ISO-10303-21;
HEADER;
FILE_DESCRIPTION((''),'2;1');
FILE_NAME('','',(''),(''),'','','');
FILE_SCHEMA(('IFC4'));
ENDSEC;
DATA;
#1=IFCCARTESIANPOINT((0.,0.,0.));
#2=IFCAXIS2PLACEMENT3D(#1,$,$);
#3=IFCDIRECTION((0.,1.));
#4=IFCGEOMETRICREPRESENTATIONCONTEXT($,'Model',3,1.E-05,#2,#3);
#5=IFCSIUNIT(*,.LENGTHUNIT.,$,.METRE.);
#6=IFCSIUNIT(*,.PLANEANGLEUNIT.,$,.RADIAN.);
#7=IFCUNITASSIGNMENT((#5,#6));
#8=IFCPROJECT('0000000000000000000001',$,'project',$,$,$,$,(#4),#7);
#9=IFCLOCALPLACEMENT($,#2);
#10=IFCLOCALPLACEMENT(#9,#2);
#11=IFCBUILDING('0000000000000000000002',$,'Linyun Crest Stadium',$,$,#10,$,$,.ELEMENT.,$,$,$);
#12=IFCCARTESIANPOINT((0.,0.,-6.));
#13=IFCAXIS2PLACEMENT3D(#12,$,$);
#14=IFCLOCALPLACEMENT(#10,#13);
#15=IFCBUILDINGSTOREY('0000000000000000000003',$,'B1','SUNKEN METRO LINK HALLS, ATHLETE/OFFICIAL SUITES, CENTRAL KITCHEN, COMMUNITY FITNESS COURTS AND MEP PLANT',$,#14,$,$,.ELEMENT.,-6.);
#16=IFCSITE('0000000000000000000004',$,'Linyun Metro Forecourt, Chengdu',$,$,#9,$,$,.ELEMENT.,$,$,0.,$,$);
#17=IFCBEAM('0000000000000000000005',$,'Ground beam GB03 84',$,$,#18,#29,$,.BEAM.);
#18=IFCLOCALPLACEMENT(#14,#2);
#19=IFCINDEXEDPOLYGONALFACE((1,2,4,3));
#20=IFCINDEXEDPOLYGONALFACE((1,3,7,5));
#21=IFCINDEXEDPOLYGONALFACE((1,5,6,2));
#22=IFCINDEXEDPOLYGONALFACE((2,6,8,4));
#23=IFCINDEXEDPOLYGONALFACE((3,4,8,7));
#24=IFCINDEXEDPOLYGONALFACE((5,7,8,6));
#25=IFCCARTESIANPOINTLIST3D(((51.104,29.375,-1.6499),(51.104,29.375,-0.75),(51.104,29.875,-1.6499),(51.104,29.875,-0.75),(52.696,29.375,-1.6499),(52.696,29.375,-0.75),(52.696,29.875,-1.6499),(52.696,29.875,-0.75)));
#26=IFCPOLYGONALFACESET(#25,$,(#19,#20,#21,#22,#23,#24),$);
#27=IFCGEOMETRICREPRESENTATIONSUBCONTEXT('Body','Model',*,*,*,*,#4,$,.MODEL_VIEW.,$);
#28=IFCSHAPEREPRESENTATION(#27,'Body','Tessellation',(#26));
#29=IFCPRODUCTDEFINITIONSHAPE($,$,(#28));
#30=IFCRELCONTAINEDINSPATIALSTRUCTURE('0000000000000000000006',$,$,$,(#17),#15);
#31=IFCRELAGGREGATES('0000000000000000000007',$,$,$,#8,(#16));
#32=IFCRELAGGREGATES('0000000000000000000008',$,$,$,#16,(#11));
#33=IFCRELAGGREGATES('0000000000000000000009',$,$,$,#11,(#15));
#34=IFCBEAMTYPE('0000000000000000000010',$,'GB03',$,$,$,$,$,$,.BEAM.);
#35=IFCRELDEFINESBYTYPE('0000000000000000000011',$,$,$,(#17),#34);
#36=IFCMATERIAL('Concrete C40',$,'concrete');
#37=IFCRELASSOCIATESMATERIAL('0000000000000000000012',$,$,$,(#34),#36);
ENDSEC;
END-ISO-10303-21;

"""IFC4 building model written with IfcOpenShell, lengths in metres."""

from ifc_helpers import new_model, si_unit, direction, frame, origin, origin_2d, place, context, subcontext, project, spatial, rectangle, extrude, material, material_profile, profile_set, type_object, element, save


model = new_model("IFC4")

# Units and contexts
model_context = context("Model", 3, precision=1e-05, world=origin(), true_north=direction((0.0, 1.0)))
body_context = subcontext(model_context, "Body", "Model", "MODEL_VIEW")
ifc_project = project(units=[si_unit("LENGTHUNIT", "METRE"), si_unit("PLANEANGLEUNIT", "RADIAN")], contexts=[model_context])

# Site, building, storey
site_placement = place(None, origin())
site = spatial("IfcSite", under=ifc_project, at=site_placement, Name="Linyun Metro Forecourt, Chengdu", CompositionType="ELEMENT", RefElevation=0.0)
building_placement = place(site_placement, origin())
building = spatial("IfcBuilding", under=site, at=building_placement, Name="Linyun Crest Stadium", CompositionType="ELEMENT")
storey_placement = place(building_placement, frame((0.0, 0.0, -6.0)))
storey = spatial("IfcBuildingStorey", under=building, at=storey_placement, Name="B1", Description="SUNKEN METRO LINK HALLS, ATHLETE/OFFICIAL SUITES, CENTRAL KITCHEN, COMMUNITY FITNESS COURTS AND MEP PLANT", CompositionType="ELEMENT", Elevation=-6.0)

# Beam
ifc_material_1 = material(Name="Concrete C40", Category="concrete")
ifc_material_profile_1 = material_profile(ifc_material_1, rectangle(XDim=0.5, YDim=0.8999, at=origin_2d()), Name="RCB 900x500")
ifc_profile_set_1 = profile_set([ifc_material_profile_1], Name="Concrete C40")
beam_type_1 = type_object("IfcBeamType", Name="GB03", PredefinedType="BEAM", material=ifc_profile_set_1)
beam_1_placement = place(storey_placement, frame((51.104, 29.625, -1.2), z_axis=(1.0, 0.0, 0.0), x_axis=(0.0, 1.0, 0.0)))
element("IfcBeam", 1, at=beam_1_placement, inside=storey, type_object=beam_type_1, Name="Ground beam GB03 84", PredefinedType="BEAM", context=body_context, shape_type="SweptSolid", body=[
    extrude(rectangle(XDim=0.5, YDim=0.8999, at=origin_2d()), origin(), (0.0, 0.0, 1.0), 1.592),
])

save(model, "model.ifc")
